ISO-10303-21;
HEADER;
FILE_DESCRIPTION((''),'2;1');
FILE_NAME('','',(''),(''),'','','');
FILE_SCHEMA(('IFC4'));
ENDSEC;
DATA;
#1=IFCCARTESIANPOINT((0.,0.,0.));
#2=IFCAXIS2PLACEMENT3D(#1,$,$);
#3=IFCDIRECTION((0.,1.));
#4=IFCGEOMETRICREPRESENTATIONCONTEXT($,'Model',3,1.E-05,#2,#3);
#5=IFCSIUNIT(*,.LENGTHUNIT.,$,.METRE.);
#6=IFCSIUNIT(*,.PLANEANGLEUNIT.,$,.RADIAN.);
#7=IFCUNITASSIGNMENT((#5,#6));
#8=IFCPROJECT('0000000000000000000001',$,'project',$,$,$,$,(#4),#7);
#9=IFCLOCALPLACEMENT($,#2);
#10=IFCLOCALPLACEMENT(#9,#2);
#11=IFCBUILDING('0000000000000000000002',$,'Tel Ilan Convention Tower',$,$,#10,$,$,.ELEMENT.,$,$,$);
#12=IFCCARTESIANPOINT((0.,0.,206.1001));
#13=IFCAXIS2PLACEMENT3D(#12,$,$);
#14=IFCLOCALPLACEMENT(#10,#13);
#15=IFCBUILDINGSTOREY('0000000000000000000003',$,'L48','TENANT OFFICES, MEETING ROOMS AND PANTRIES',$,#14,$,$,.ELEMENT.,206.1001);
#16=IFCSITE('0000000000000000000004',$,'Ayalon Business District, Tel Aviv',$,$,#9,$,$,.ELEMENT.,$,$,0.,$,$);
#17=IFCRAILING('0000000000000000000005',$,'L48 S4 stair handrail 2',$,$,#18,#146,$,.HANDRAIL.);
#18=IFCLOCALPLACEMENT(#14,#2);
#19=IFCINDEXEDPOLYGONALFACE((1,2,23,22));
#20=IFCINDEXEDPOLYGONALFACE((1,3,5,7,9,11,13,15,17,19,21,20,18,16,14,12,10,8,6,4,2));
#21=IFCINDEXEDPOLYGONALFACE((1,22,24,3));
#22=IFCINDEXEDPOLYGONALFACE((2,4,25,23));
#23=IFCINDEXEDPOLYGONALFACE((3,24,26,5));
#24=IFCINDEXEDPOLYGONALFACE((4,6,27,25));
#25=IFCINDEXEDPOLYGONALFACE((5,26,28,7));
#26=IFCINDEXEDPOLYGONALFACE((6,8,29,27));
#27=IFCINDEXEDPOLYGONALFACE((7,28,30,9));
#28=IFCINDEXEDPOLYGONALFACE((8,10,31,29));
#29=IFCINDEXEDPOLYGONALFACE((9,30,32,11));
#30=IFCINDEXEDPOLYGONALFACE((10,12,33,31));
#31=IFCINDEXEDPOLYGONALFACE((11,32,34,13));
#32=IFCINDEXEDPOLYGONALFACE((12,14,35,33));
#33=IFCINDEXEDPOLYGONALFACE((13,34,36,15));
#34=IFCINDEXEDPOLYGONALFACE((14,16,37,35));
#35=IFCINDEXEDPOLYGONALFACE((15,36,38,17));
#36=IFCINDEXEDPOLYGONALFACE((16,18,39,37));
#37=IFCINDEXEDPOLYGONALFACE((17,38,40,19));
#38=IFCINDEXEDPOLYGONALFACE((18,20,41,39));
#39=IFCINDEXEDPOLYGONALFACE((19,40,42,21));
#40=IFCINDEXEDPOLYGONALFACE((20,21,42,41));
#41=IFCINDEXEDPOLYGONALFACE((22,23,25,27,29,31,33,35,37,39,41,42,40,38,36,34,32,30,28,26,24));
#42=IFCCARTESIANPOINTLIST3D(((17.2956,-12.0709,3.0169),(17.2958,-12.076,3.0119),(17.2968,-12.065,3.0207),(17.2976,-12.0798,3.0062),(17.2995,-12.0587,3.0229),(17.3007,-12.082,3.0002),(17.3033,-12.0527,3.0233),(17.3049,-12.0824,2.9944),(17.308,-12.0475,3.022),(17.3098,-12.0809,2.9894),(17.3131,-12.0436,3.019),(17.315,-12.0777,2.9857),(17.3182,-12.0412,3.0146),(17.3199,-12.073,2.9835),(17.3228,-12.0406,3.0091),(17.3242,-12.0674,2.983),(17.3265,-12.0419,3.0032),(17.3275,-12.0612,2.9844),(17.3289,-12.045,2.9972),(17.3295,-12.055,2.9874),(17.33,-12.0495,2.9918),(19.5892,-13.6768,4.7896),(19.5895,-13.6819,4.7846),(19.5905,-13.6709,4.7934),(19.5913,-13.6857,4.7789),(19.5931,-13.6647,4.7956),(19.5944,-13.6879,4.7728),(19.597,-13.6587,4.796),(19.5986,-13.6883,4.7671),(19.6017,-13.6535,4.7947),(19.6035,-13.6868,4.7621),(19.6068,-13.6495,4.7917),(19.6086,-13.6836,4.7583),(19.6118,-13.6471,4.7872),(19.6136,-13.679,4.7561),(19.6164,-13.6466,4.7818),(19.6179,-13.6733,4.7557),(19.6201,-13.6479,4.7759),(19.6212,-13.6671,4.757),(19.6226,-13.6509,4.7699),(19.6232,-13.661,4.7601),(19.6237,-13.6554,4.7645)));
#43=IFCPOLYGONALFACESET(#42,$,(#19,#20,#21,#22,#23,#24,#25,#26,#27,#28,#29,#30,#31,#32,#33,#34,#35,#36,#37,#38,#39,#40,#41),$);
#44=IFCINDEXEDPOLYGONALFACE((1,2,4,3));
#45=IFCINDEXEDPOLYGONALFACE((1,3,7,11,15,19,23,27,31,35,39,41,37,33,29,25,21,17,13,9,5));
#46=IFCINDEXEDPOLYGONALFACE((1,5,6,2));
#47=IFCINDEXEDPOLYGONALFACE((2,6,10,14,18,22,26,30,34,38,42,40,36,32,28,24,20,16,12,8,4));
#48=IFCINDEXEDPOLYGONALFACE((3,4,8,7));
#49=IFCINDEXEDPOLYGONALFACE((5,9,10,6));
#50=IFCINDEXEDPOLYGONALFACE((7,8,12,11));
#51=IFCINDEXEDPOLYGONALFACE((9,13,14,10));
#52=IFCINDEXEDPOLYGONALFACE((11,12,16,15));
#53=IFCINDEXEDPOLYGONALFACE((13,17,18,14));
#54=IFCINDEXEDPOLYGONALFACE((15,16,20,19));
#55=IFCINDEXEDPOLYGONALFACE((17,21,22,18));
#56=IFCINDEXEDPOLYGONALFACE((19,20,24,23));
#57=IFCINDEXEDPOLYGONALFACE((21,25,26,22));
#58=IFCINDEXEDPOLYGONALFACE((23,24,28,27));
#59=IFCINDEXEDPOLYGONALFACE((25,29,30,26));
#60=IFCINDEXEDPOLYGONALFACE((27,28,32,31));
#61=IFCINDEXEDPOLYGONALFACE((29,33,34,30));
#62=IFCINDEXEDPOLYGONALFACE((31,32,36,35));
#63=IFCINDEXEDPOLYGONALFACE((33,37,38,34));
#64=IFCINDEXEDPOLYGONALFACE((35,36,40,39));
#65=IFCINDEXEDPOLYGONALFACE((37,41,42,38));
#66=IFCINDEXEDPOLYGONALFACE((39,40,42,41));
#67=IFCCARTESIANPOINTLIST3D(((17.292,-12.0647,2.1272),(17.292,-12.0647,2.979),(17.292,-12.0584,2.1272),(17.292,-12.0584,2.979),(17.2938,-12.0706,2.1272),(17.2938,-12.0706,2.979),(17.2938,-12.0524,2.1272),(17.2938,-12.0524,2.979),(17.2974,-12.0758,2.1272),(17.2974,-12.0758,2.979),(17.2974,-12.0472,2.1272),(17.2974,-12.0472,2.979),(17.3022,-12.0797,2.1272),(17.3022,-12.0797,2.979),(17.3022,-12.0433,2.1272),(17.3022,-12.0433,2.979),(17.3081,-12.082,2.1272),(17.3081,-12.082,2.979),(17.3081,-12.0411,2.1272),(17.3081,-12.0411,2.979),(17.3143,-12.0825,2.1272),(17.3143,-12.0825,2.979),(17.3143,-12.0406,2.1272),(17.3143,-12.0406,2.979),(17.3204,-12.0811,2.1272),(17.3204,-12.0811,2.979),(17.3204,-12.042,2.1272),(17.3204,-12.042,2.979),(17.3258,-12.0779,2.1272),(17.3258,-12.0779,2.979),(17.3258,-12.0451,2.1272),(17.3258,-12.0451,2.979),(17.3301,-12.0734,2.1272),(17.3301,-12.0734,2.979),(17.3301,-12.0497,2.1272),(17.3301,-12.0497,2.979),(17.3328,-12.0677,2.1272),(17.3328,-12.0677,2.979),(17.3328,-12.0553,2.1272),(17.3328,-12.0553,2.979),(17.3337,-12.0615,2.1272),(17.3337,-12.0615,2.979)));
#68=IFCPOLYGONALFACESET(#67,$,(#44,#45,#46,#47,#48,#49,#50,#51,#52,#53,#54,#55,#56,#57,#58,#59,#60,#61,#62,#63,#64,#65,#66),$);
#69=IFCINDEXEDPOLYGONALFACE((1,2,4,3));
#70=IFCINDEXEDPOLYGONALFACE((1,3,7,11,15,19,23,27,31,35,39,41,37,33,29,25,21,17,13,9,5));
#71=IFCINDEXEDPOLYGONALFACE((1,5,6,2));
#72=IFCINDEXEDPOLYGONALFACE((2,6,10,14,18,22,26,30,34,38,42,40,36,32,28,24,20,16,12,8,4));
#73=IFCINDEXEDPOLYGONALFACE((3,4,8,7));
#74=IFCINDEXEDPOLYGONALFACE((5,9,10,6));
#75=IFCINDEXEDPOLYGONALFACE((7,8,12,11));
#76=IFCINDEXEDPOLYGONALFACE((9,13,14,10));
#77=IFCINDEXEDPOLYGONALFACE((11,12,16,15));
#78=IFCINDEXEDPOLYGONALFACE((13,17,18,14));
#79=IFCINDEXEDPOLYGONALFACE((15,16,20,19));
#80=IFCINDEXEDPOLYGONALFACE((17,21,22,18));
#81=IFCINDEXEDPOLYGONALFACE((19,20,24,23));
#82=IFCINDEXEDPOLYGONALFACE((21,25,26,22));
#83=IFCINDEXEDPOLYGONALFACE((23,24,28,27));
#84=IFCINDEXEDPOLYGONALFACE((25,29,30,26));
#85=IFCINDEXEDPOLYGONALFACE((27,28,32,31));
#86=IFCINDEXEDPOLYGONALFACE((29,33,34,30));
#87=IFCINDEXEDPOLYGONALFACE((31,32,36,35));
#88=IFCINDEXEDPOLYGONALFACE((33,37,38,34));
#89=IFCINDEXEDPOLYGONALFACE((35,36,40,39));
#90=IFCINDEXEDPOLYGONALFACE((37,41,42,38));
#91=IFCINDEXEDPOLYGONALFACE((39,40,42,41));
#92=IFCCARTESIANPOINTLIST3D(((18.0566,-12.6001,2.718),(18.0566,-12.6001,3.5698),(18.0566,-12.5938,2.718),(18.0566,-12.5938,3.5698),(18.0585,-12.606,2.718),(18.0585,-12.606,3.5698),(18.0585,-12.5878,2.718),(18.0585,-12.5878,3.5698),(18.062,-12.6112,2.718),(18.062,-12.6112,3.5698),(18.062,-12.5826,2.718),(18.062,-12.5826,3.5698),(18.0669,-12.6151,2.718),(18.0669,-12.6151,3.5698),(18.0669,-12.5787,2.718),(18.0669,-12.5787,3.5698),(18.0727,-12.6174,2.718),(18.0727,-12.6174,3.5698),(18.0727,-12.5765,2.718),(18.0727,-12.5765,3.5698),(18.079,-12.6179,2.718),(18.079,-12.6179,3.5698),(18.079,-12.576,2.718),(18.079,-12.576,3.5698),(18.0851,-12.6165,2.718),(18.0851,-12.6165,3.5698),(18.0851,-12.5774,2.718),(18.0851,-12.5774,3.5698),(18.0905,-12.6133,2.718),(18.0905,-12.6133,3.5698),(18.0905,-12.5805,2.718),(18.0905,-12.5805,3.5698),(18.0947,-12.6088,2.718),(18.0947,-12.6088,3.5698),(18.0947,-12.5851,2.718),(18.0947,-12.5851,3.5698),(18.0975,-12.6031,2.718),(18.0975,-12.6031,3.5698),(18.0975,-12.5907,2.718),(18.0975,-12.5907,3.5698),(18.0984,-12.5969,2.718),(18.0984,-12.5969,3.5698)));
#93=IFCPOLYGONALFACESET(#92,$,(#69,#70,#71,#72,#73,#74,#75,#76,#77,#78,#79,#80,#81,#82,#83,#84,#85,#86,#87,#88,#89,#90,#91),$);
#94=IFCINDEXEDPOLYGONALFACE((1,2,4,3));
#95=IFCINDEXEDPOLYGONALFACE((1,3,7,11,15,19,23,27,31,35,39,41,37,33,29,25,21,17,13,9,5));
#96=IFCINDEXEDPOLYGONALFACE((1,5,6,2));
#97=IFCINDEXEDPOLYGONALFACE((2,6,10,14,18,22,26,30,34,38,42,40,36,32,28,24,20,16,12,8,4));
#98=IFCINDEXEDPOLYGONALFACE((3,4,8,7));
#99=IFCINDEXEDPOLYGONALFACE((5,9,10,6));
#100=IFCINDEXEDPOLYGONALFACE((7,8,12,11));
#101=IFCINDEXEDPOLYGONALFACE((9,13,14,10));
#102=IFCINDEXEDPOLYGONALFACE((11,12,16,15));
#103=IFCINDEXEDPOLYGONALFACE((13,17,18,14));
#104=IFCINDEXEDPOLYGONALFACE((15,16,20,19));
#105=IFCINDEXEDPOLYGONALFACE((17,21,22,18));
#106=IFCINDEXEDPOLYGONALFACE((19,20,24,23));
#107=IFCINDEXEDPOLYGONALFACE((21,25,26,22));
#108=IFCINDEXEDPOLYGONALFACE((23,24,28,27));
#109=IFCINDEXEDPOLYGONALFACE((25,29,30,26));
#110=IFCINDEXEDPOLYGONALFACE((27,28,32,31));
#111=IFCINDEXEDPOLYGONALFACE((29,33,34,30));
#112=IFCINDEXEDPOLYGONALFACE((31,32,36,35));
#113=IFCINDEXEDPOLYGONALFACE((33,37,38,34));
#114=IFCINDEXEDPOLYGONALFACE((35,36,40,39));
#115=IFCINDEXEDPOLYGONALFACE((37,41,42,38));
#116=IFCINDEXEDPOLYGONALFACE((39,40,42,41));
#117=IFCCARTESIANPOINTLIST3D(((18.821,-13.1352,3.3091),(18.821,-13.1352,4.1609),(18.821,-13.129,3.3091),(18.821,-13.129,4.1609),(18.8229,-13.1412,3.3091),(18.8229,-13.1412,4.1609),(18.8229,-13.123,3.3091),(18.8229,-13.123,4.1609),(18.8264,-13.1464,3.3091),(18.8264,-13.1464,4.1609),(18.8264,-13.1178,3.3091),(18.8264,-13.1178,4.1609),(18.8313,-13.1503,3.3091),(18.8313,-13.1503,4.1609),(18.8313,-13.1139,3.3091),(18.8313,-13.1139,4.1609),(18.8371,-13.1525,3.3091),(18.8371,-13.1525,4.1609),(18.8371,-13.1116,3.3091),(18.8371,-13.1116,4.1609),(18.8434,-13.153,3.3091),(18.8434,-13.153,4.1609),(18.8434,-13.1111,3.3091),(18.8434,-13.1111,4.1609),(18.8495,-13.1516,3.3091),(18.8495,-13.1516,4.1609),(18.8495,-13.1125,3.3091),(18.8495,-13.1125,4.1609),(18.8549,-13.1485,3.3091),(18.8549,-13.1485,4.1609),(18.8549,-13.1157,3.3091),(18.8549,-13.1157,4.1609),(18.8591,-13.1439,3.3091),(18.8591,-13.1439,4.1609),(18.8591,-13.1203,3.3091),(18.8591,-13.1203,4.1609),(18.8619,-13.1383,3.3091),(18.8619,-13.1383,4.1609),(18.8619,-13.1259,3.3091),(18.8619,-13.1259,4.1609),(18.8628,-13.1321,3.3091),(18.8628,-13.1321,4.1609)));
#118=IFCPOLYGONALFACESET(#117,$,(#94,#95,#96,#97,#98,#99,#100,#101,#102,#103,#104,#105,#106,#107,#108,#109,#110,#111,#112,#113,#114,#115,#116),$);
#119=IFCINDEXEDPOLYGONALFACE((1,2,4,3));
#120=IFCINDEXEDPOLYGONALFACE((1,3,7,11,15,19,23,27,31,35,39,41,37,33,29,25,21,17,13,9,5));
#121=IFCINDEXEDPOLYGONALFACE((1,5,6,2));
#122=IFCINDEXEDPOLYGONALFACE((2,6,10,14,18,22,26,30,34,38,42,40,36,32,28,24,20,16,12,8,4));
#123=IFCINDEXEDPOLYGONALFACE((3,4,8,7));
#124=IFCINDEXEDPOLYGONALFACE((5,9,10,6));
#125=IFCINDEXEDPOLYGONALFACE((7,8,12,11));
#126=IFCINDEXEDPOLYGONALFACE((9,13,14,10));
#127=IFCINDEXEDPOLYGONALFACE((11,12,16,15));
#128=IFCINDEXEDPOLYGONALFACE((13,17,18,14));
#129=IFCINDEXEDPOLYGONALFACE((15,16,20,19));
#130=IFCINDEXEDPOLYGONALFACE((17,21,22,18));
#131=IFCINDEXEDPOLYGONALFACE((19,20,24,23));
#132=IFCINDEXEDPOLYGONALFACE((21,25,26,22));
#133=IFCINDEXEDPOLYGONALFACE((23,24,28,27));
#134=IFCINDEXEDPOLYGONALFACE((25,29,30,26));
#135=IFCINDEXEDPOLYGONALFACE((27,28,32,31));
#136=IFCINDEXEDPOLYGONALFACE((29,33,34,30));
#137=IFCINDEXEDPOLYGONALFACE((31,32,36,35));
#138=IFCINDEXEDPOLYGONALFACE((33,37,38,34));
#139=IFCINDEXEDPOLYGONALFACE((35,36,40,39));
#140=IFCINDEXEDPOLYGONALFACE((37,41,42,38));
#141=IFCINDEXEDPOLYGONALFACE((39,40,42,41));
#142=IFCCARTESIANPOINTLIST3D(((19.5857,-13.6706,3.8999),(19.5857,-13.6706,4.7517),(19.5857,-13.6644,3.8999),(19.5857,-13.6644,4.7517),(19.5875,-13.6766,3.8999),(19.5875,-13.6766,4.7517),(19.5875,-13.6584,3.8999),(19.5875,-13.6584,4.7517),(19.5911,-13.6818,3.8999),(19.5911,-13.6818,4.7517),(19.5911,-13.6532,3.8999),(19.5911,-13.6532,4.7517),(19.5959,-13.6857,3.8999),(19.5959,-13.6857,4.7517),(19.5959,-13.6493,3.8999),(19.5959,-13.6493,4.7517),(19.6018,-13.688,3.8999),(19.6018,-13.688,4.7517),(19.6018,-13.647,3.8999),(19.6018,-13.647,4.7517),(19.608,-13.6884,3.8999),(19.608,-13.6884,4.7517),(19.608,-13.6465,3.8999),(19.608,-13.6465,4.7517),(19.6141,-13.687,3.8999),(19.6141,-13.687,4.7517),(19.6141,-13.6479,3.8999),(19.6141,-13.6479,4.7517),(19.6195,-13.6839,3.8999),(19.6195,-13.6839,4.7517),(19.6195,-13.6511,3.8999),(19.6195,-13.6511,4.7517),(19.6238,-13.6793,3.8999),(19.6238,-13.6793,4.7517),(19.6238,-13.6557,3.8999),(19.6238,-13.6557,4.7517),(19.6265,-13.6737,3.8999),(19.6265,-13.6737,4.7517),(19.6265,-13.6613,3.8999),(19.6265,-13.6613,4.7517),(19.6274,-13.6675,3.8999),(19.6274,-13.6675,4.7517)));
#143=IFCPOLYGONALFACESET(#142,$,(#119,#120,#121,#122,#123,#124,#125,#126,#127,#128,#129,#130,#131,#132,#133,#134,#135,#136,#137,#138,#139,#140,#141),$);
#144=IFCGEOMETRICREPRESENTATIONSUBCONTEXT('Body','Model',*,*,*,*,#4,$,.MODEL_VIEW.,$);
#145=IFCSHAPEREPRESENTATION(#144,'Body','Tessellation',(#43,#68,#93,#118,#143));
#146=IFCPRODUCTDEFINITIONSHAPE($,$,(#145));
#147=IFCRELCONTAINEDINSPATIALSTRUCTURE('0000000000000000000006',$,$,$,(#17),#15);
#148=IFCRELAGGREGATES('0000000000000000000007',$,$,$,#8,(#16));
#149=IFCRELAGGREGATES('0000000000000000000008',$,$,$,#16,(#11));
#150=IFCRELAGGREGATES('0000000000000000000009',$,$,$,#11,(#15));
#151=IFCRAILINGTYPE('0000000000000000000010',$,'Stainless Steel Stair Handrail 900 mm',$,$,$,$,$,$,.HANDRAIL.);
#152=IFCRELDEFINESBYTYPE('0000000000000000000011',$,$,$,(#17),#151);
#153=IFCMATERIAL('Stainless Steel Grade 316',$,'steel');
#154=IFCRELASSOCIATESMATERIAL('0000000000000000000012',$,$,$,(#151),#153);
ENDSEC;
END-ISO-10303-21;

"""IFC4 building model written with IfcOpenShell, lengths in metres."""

from ifc_helpers import new_model, si_unit, direction, frame, origin, origin_2d, place, context, subcontext, project, spatial, circle, extrude, material, type_object, element, save


model = new_model("IFC4")

# Units and contexts
model_context = context("Model", 3, precision=1e-05, world=origin(), true_north=direction((0.0, 1.0)))
body_context = subcontext(model_context, "Body", "Model", "MODEL_VIEW")
ifc_project = project(units=[si_unit("LENGTHUNIT", "METRE"), si_unit("PLANEANGLEUNIT", "RADIAN")], contexts=[model_context])

# Site, building, storey
site_placement = place(None, origin())
site = spatial("IfcSite", under=ifc_project, at=site_placement, Name="Ayalon Business District, Tel Aviv", CompositionType="ELEMENT", RefElevation=0.0)
building_placement = place(site_placement, origin())
building = spatial("IfcBuilding", under=site, at=building_placement, Name="Tel Ilan Convention Tower", CompositionType="ELEMENT")
storey_placement = place(building_placement, frame((0.0, 0.0, 206.1001)))
storey = spatial("IfcBuildingStorey", under=building, at=storey_placement, Name="L48", Description="TENANT OFFICES, MEETING ROOMS AND PANTRIES", CompositionType="ELEMENT", Elevation=206.1001)

# Railing
ifc_material_1 = material(Name="Stainless Steel Grade 316", Category="steel")
railing_type = type_object("IfcRailingType", Name="Stainless Steel Stair Handrail 900 mm", PredefinedType="HANDRAIL", material=ifc_material_1)
railing_placement = place(storey_placement, frame((17.3127, -12.0615, 2.1272)))
element("IfcRailing", 1, at=railing_placement, inside=storey, type_object=railing_type, Name="L48 S4 stair handrail 2", PredefinedType="HANDRAIL", context=body_context, shape_type="SweptSolid", body=[
    extrude(circle(Radius=0.0239, at=origin_2d()), frame((0.0, 0.0, 0.876), z_axis=(0.692123, -0.484597, 0.534913), x_axis=(0.57355, 0.81917, 0.0)), (0.0, 0.0, 1.0), 3.314),
    extrude(circle(Radius=0.021, at=origin_2d()), origin(), (0.0, 0.0, 1.0), 0.8518),
    extrude(circle(Radius=0.021, at=origin_2d()), frame((0.7646, -0.5354, 0.5908)), (0.0, 0.0, 1.0), 0.8518),
    extrude(circle(Radius=0.021, at=origin_2d()), frame((1.5291, -1.0706, 1.1819)), (0.0, 0.0, 1.0), 0.8518),
    extrude(circle(Radius=0.021, at=origin_2d()), frame((2.2937, -1.606, 1.7727)), (0.0, 0.0, 1.0), 0.8518),
])

save(model, "model.ifc")
